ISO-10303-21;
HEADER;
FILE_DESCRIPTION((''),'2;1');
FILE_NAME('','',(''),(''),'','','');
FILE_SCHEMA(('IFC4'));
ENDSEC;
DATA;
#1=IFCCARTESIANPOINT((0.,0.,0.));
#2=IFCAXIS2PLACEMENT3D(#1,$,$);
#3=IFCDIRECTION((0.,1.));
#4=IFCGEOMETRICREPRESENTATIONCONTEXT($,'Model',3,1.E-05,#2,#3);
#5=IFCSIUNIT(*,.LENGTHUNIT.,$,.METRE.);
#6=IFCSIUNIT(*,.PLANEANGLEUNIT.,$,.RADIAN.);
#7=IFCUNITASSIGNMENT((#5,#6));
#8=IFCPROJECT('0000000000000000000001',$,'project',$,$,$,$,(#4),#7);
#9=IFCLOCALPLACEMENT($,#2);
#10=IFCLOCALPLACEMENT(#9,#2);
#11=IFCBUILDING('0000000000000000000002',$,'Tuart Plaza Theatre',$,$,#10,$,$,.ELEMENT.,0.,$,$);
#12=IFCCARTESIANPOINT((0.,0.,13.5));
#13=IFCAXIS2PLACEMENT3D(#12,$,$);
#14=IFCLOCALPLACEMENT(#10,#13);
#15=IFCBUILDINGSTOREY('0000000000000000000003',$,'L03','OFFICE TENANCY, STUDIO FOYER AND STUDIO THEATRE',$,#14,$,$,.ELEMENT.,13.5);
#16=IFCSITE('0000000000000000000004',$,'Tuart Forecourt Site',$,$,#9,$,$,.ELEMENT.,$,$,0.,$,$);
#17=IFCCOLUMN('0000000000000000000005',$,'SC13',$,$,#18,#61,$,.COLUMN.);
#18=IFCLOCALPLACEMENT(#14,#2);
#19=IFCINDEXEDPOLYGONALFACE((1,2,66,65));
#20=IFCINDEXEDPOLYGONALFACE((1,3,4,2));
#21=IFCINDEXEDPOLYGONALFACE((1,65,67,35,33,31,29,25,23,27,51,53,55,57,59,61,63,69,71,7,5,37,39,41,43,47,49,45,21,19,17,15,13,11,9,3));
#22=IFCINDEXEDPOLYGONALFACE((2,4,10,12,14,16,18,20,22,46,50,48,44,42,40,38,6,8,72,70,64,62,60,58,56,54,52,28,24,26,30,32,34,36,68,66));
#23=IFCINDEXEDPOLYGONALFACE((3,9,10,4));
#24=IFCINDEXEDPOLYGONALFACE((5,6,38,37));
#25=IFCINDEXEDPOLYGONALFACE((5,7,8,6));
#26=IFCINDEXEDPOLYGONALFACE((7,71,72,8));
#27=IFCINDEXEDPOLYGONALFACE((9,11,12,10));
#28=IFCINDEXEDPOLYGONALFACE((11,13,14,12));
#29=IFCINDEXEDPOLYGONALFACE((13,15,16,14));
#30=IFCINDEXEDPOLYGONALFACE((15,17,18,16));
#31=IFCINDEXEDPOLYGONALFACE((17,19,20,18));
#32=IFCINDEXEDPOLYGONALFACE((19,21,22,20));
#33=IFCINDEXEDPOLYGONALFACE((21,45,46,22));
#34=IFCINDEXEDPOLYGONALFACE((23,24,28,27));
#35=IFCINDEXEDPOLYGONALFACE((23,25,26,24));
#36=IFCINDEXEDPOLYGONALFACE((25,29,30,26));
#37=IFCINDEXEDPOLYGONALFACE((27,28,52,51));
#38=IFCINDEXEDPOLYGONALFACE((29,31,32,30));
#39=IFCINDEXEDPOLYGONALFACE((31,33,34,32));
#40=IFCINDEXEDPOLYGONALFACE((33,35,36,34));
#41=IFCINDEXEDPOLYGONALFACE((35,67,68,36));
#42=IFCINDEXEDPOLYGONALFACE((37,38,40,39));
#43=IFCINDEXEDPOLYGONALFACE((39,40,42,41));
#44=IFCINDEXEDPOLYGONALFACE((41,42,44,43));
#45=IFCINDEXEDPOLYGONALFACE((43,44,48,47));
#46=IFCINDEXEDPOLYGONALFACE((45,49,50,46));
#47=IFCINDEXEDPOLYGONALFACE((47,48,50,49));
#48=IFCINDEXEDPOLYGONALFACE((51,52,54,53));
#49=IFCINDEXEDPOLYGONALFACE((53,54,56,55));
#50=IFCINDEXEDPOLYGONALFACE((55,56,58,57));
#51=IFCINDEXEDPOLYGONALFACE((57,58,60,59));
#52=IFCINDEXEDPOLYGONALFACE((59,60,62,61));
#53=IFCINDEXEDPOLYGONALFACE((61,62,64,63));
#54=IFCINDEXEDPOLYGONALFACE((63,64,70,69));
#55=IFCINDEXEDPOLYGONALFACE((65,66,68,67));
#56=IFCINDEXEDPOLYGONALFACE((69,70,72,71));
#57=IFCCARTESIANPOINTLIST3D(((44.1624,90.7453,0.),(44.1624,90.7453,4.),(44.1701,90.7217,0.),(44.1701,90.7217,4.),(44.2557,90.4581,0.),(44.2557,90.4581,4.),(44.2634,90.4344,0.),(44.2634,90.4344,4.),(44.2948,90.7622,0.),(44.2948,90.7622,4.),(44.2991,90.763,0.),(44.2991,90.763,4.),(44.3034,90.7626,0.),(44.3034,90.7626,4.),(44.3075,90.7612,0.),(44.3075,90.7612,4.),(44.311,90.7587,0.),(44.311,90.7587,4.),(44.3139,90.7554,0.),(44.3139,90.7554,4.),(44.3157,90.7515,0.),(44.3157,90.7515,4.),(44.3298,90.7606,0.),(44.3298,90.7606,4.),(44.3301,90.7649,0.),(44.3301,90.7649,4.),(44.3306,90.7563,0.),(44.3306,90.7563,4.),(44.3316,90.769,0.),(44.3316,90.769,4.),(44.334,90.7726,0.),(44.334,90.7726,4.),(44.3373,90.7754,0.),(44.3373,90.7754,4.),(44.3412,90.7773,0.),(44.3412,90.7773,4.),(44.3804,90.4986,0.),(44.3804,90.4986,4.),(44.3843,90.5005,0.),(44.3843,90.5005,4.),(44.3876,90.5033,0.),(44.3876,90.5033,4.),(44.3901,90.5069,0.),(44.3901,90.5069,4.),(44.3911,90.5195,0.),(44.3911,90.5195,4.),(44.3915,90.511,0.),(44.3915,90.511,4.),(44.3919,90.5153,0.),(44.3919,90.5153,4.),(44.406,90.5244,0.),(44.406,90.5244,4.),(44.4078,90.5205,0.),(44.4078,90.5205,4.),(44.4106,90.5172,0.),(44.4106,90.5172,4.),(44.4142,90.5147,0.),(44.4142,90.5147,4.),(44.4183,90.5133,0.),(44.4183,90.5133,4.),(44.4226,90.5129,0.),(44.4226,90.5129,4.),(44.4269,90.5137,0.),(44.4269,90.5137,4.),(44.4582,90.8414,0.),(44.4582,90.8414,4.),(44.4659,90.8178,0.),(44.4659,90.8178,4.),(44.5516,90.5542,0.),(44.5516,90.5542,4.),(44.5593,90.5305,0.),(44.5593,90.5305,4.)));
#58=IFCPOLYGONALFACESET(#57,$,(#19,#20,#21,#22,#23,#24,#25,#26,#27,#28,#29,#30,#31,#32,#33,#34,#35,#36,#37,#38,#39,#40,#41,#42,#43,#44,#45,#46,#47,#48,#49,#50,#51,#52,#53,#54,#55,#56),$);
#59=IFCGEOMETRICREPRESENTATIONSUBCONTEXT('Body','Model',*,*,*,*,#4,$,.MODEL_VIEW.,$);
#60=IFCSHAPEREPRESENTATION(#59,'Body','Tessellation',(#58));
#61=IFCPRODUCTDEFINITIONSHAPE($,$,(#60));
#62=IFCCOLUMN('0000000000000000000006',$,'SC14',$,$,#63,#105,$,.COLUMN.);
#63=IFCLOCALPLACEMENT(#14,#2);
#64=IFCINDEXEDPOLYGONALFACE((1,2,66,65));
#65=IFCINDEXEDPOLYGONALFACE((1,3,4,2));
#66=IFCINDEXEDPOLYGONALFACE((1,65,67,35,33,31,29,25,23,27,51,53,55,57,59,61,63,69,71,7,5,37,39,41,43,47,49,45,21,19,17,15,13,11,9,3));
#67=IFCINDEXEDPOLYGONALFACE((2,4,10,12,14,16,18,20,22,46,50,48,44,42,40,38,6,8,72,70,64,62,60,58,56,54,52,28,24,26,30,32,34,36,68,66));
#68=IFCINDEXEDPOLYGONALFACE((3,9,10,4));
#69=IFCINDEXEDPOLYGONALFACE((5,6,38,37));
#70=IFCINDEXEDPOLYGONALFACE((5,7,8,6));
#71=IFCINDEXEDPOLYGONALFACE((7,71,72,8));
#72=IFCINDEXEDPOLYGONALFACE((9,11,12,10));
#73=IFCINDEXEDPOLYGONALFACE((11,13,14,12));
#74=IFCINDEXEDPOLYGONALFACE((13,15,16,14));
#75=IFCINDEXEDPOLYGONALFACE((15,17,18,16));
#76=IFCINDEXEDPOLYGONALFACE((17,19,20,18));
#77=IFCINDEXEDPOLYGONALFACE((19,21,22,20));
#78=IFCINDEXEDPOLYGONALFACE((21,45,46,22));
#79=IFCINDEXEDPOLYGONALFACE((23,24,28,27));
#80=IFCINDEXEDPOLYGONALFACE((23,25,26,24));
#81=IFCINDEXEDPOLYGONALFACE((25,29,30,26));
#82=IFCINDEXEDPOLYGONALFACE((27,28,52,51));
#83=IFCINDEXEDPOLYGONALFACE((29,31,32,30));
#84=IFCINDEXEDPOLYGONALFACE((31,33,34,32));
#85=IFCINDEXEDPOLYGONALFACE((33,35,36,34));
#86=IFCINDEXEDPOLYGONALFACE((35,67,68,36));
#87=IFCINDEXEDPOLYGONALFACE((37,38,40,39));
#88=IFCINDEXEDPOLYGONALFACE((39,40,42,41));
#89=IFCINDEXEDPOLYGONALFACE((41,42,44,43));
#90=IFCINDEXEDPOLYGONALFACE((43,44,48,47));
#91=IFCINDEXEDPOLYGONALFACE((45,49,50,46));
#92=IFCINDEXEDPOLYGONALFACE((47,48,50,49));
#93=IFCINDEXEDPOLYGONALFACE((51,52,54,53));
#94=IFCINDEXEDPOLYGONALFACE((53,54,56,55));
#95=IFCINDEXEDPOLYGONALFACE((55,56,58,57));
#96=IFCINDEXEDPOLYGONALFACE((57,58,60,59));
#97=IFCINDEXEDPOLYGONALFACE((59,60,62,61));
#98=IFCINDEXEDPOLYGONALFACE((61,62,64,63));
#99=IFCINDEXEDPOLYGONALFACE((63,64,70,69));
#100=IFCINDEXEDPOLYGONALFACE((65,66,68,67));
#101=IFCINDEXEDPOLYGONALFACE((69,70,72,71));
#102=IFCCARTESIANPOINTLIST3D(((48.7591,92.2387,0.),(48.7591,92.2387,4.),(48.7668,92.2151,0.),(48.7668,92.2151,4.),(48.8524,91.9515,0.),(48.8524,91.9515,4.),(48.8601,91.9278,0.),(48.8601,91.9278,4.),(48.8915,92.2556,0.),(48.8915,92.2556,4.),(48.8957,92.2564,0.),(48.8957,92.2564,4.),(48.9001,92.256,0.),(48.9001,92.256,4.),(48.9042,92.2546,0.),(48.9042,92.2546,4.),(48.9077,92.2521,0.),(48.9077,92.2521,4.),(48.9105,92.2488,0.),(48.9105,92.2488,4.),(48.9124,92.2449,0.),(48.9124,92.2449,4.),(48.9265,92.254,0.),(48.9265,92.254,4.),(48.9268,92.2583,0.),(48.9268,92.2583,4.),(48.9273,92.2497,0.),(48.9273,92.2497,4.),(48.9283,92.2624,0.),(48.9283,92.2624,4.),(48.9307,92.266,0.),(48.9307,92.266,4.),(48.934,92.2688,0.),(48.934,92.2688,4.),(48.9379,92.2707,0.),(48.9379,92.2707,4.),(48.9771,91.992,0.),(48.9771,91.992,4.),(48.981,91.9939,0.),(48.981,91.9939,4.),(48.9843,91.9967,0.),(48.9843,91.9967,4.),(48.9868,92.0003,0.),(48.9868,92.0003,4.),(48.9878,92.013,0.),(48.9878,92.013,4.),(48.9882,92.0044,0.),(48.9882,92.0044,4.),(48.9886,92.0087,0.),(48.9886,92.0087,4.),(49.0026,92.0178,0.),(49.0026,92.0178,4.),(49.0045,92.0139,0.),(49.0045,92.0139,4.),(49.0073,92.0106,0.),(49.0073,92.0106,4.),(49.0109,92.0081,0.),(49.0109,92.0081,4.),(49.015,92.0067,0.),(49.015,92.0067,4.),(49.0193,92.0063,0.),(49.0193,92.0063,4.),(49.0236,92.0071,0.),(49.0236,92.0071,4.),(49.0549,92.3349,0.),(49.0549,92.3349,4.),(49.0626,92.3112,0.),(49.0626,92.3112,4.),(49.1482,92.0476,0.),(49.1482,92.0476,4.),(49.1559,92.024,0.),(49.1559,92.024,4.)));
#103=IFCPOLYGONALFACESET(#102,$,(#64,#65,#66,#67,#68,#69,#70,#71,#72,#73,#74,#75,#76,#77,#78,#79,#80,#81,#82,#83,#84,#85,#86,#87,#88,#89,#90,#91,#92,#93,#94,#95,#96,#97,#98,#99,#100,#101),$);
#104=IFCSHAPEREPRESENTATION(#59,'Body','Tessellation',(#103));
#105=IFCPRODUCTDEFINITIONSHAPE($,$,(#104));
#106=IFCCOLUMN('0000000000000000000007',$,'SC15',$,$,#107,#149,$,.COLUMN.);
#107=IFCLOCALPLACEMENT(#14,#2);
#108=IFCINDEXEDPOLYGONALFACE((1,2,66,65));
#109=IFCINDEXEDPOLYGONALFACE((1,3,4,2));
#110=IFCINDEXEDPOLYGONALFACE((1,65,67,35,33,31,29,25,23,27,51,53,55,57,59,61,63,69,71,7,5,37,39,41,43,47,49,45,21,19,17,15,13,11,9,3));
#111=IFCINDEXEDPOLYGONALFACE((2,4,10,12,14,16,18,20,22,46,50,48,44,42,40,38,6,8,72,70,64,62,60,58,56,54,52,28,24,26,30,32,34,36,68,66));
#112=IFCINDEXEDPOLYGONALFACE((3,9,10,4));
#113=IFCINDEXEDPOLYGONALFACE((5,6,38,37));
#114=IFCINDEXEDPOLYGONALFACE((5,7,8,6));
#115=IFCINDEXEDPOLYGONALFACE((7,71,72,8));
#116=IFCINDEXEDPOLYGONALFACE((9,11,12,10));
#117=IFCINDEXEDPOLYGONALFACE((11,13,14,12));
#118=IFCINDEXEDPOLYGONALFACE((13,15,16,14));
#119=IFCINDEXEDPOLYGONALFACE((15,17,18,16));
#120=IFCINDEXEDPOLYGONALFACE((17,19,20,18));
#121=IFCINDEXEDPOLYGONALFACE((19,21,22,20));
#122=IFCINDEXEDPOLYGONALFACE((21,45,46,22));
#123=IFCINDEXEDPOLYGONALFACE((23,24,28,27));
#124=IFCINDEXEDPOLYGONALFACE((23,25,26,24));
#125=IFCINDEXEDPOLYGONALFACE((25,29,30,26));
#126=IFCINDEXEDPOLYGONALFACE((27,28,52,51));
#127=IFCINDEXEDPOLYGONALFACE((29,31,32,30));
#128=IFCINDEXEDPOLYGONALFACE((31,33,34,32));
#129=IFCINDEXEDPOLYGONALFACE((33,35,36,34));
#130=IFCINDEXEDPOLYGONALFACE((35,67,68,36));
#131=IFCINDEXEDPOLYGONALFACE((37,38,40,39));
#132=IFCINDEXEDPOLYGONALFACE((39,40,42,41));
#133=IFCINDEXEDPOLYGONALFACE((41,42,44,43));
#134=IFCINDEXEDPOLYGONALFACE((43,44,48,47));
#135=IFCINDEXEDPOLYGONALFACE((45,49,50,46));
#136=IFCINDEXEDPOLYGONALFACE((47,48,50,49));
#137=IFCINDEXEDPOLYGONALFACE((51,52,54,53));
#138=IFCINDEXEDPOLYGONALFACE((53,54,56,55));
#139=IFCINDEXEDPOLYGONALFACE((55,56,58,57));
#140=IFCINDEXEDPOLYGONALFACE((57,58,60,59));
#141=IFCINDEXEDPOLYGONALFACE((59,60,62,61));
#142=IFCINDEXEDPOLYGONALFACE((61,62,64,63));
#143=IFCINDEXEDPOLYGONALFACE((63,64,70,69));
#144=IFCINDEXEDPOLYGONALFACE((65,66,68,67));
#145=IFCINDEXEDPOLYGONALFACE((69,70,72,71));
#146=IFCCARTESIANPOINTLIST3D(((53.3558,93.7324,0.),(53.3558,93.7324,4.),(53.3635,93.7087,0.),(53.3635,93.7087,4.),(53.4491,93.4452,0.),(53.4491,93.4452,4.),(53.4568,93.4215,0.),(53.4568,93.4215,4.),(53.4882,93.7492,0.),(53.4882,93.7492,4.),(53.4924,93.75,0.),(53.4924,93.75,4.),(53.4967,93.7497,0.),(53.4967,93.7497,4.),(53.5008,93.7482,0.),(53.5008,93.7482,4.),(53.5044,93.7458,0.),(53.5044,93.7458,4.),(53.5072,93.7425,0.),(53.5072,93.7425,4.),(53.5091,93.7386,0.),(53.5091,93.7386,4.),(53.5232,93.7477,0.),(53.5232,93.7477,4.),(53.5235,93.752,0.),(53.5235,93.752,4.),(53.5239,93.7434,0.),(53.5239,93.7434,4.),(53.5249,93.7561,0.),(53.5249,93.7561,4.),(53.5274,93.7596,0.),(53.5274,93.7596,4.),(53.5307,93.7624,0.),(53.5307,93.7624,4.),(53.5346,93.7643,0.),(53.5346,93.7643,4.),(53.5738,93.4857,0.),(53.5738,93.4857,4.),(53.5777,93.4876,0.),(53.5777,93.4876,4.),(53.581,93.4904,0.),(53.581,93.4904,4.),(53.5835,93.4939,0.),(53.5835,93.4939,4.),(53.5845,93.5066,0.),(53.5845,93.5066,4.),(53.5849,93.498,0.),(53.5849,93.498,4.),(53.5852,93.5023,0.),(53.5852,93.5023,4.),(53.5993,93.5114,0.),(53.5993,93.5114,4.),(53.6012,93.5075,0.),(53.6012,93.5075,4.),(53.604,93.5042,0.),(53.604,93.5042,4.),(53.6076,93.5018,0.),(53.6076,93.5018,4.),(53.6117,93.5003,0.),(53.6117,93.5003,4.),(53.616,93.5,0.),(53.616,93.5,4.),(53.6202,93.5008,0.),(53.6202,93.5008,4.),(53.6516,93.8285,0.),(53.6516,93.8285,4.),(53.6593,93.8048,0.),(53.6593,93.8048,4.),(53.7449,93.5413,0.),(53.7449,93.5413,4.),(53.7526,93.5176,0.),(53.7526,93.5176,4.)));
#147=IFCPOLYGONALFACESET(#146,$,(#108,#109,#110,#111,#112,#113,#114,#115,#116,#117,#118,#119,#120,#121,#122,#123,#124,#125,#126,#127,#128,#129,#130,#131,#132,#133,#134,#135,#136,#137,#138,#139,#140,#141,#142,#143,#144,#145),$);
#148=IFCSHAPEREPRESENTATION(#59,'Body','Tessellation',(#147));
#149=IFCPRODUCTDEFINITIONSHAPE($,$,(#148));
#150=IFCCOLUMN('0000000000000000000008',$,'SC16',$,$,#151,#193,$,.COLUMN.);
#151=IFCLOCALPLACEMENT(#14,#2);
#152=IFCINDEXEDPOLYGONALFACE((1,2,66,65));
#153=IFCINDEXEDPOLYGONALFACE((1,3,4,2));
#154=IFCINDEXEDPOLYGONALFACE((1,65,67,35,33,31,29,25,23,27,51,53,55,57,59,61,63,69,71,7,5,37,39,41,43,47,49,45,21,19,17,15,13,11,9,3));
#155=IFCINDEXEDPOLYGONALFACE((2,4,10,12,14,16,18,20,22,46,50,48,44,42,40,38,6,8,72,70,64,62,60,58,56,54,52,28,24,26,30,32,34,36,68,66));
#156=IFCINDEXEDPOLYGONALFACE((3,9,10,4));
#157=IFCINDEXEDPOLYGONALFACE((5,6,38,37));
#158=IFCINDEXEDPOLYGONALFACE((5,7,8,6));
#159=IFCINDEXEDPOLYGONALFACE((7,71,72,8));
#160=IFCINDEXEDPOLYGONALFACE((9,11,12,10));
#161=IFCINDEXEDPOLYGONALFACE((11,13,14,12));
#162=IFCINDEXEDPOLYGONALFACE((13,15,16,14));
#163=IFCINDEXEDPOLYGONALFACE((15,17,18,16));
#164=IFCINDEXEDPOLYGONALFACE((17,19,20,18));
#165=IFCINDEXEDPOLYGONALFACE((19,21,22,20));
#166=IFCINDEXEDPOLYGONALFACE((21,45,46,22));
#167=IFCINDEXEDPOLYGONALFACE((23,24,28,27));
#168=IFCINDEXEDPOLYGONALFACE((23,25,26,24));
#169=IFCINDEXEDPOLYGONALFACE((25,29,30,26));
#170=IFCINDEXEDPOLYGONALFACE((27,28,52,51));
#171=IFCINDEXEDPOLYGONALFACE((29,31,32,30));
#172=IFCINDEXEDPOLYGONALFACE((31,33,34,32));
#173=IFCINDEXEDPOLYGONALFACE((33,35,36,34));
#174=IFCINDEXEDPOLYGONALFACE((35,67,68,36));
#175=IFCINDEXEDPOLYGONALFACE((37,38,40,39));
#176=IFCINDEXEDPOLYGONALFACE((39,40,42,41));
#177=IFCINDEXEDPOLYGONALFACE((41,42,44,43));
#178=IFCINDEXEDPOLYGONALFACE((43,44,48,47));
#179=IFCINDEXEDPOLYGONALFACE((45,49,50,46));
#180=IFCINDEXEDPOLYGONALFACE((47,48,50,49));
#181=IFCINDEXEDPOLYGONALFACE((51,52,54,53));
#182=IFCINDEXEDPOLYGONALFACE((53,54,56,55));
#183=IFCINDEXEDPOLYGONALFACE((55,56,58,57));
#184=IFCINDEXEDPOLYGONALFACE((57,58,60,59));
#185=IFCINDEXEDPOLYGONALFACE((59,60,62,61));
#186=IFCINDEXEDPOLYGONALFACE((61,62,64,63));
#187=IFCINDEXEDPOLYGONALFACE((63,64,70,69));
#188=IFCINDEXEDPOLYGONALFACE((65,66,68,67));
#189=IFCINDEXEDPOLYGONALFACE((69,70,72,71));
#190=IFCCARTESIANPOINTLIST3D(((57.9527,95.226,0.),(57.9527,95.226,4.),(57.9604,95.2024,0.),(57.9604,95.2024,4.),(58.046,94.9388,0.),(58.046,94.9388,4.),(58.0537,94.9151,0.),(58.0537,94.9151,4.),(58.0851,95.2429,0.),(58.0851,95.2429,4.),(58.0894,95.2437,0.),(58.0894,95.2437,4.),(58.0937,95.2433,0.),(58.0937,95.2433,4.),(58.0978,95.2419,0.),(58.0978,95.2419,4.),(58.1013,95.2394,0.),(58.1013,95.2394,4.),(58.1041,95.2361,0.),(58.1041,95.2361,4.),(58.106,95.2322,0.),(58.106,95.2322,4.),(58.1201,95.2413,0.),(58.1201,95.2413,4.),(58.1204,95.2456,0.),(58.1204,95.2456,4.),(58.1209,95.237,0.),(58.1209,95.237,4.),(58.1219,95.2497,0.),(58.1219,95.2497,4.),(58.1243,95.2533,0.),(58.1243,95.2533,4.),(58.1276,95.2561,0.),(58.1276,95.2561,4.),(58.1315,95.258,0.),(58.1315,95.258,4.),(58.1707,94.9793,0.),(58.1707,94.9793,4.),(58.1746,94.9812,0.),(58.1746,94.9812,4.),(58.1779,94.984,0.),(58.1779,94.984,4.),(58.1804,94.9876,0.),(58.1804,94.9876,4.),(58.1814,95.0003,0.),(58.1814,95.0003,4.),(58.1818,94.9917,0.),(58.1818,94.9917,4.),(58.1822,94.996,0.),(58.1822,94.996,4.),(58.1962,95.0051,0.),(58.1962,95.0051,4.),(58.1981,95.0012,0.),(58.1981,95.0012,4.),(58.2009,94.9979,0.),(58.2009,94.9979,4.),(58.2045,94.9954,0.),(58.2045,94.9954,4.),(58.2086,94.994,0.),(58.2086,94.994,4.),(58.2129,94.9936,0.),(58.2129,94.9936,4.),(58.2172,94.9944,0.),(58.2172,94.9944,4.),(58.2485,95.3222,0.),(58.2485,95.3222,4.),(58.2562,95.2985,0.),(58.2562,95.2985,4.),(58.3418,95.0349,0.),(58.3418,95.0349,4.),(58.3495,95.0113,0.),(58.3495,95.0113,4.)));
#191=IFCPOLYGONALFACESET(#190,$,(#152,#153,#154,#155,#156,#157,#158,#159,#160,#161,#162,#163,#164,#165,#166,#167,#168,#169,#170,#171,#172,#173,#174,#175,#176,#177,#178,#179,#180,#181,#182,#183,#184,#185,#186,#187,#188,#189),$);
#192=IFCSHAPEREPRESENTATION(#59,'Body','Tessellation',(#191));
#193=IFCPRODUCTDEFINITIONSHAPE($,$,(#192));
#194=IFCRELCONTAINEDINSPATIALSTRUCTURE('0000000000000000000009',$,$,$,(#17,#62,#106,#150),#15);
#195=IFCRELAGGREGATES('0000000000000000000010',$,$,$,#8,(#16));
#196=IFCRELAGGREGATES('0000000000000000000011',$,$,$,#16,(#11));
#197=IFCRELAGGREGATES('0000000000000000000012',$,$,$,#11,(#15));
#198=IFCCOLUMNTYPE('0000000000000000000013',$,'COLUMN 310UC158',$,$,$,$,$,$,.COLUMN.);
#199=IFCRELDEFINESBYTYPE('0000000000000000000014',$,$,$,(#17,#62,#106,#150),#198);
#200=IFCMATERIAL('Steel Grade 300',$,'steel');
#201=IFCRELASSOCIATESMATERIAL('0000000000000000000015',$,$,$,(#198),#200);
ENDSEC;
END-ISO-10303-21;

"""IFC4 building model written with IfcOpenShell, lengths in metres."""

from ifc_helpers import new_model, si_unit, direction, frame, origin, origin_2d, place, context, subcontext, project, spatial, i_section, extrude, material, material_profile, profile_set, type_object, element, save


model = new_model("IFC4")

# Units and contexts
model_context = context("Model", 3, precision=1e-05, world=origin(), true_north=direction((0.0, 1.0)))
body_context = subcontext(model_context, "Body", "Model", "MODEL_VIEW")
ifc_project = project(units=[si_unit("LENGTHUNIT", "METRE"), si_unit("PLANEANGLEUNIT", "RADIAN")], contexts=[model_context])

# Site, building, storey
site_placement = place(None, origin())
site = spatial("IfcSite", under=ifc_project, at=site_placement, Name="Tuart Forecourt Site", CompositionType="ELEMENT", RefElevation=0.0)
building_placement = place(site_placement, origin())
building = spatial("IfcBuilding", under=site, at=building_placement, Name="Tuart Plaza Theatre", CompositionType="ELEMENT", ElevationOfRefHeight=0.0)
storey_placement = place(building_placement, frame((0.0, 0.0, 13.5)))
storey = spatial("IfcBuildingStorey", under=building, at=storey_placement, Name="L03", Description="OFFICE TENANCY, STUDIO FOYER AND STUDIO THEATRE", CompositionType="ELEMENT", Elevation=13.5)

# Columns
ifc_material_1 = material(Name="Steel Grade 300", Category="steel")
ifc_material_profile_1 = material_profile(ifc_material_1, i_section(OverallWidth=0.311, OverallDepth=0.3269, WebThickness=0.0156, FlangeThickness=0.0249, FilletRadius=0.0166, at=origin_2d()), Name="310UC158")
ifc_profile_set_1 = profile_set([ifc_material_profile_1], Name="Steel Grade 300")
column_type = type_object("IfcColumnType", Name="COLUMN 310UC158", PredefinedType="COLUMN", material=ifc_profile_set_1)
for number, where, z_axis, x_axis, name in (
    (1, (44.3608, 90.6379, 0.0), (0.0, 0.0, 1.0), (0.951057, 0.309017, 0.0), "SC13"),
    (2, (48.9575, 92.1313, 0.0), (0.0, 0.0, 1.0), (0.951057, 0.309017, 0.0), "SC14"),
    (3, (53.5542, 93.625, 0.0), (0.0, 0.0, 1.0), (0.951057, 0.309017, 0.0), "SC15"),
    (4, (58.1511, 95.1187, 0.0), (0.0, 0.0, 1.0), (0.951057, 0.309017, 0.0), "SC16"),
):
    element("IfcColumn", number, at=place(storey_placement, frame(where, z_axis=z_axis, x_axis=x_axis)), inside=storey, type_object=column_type, Name=name, PredefinedType="COLUMN", context=body_context, shape_type="SweptSolid", body=[
        extrude(i_section(OverallWidth=0.311, OverallDepth=0.3269, WebThickness=0.0156, FlangeThickness=0.0249, FilletRadius=0.0166, at=origin_2d()), origin(), (0.0, 0.0, 1.0), 4.0),
    ])

save(model, "model.ifc")
